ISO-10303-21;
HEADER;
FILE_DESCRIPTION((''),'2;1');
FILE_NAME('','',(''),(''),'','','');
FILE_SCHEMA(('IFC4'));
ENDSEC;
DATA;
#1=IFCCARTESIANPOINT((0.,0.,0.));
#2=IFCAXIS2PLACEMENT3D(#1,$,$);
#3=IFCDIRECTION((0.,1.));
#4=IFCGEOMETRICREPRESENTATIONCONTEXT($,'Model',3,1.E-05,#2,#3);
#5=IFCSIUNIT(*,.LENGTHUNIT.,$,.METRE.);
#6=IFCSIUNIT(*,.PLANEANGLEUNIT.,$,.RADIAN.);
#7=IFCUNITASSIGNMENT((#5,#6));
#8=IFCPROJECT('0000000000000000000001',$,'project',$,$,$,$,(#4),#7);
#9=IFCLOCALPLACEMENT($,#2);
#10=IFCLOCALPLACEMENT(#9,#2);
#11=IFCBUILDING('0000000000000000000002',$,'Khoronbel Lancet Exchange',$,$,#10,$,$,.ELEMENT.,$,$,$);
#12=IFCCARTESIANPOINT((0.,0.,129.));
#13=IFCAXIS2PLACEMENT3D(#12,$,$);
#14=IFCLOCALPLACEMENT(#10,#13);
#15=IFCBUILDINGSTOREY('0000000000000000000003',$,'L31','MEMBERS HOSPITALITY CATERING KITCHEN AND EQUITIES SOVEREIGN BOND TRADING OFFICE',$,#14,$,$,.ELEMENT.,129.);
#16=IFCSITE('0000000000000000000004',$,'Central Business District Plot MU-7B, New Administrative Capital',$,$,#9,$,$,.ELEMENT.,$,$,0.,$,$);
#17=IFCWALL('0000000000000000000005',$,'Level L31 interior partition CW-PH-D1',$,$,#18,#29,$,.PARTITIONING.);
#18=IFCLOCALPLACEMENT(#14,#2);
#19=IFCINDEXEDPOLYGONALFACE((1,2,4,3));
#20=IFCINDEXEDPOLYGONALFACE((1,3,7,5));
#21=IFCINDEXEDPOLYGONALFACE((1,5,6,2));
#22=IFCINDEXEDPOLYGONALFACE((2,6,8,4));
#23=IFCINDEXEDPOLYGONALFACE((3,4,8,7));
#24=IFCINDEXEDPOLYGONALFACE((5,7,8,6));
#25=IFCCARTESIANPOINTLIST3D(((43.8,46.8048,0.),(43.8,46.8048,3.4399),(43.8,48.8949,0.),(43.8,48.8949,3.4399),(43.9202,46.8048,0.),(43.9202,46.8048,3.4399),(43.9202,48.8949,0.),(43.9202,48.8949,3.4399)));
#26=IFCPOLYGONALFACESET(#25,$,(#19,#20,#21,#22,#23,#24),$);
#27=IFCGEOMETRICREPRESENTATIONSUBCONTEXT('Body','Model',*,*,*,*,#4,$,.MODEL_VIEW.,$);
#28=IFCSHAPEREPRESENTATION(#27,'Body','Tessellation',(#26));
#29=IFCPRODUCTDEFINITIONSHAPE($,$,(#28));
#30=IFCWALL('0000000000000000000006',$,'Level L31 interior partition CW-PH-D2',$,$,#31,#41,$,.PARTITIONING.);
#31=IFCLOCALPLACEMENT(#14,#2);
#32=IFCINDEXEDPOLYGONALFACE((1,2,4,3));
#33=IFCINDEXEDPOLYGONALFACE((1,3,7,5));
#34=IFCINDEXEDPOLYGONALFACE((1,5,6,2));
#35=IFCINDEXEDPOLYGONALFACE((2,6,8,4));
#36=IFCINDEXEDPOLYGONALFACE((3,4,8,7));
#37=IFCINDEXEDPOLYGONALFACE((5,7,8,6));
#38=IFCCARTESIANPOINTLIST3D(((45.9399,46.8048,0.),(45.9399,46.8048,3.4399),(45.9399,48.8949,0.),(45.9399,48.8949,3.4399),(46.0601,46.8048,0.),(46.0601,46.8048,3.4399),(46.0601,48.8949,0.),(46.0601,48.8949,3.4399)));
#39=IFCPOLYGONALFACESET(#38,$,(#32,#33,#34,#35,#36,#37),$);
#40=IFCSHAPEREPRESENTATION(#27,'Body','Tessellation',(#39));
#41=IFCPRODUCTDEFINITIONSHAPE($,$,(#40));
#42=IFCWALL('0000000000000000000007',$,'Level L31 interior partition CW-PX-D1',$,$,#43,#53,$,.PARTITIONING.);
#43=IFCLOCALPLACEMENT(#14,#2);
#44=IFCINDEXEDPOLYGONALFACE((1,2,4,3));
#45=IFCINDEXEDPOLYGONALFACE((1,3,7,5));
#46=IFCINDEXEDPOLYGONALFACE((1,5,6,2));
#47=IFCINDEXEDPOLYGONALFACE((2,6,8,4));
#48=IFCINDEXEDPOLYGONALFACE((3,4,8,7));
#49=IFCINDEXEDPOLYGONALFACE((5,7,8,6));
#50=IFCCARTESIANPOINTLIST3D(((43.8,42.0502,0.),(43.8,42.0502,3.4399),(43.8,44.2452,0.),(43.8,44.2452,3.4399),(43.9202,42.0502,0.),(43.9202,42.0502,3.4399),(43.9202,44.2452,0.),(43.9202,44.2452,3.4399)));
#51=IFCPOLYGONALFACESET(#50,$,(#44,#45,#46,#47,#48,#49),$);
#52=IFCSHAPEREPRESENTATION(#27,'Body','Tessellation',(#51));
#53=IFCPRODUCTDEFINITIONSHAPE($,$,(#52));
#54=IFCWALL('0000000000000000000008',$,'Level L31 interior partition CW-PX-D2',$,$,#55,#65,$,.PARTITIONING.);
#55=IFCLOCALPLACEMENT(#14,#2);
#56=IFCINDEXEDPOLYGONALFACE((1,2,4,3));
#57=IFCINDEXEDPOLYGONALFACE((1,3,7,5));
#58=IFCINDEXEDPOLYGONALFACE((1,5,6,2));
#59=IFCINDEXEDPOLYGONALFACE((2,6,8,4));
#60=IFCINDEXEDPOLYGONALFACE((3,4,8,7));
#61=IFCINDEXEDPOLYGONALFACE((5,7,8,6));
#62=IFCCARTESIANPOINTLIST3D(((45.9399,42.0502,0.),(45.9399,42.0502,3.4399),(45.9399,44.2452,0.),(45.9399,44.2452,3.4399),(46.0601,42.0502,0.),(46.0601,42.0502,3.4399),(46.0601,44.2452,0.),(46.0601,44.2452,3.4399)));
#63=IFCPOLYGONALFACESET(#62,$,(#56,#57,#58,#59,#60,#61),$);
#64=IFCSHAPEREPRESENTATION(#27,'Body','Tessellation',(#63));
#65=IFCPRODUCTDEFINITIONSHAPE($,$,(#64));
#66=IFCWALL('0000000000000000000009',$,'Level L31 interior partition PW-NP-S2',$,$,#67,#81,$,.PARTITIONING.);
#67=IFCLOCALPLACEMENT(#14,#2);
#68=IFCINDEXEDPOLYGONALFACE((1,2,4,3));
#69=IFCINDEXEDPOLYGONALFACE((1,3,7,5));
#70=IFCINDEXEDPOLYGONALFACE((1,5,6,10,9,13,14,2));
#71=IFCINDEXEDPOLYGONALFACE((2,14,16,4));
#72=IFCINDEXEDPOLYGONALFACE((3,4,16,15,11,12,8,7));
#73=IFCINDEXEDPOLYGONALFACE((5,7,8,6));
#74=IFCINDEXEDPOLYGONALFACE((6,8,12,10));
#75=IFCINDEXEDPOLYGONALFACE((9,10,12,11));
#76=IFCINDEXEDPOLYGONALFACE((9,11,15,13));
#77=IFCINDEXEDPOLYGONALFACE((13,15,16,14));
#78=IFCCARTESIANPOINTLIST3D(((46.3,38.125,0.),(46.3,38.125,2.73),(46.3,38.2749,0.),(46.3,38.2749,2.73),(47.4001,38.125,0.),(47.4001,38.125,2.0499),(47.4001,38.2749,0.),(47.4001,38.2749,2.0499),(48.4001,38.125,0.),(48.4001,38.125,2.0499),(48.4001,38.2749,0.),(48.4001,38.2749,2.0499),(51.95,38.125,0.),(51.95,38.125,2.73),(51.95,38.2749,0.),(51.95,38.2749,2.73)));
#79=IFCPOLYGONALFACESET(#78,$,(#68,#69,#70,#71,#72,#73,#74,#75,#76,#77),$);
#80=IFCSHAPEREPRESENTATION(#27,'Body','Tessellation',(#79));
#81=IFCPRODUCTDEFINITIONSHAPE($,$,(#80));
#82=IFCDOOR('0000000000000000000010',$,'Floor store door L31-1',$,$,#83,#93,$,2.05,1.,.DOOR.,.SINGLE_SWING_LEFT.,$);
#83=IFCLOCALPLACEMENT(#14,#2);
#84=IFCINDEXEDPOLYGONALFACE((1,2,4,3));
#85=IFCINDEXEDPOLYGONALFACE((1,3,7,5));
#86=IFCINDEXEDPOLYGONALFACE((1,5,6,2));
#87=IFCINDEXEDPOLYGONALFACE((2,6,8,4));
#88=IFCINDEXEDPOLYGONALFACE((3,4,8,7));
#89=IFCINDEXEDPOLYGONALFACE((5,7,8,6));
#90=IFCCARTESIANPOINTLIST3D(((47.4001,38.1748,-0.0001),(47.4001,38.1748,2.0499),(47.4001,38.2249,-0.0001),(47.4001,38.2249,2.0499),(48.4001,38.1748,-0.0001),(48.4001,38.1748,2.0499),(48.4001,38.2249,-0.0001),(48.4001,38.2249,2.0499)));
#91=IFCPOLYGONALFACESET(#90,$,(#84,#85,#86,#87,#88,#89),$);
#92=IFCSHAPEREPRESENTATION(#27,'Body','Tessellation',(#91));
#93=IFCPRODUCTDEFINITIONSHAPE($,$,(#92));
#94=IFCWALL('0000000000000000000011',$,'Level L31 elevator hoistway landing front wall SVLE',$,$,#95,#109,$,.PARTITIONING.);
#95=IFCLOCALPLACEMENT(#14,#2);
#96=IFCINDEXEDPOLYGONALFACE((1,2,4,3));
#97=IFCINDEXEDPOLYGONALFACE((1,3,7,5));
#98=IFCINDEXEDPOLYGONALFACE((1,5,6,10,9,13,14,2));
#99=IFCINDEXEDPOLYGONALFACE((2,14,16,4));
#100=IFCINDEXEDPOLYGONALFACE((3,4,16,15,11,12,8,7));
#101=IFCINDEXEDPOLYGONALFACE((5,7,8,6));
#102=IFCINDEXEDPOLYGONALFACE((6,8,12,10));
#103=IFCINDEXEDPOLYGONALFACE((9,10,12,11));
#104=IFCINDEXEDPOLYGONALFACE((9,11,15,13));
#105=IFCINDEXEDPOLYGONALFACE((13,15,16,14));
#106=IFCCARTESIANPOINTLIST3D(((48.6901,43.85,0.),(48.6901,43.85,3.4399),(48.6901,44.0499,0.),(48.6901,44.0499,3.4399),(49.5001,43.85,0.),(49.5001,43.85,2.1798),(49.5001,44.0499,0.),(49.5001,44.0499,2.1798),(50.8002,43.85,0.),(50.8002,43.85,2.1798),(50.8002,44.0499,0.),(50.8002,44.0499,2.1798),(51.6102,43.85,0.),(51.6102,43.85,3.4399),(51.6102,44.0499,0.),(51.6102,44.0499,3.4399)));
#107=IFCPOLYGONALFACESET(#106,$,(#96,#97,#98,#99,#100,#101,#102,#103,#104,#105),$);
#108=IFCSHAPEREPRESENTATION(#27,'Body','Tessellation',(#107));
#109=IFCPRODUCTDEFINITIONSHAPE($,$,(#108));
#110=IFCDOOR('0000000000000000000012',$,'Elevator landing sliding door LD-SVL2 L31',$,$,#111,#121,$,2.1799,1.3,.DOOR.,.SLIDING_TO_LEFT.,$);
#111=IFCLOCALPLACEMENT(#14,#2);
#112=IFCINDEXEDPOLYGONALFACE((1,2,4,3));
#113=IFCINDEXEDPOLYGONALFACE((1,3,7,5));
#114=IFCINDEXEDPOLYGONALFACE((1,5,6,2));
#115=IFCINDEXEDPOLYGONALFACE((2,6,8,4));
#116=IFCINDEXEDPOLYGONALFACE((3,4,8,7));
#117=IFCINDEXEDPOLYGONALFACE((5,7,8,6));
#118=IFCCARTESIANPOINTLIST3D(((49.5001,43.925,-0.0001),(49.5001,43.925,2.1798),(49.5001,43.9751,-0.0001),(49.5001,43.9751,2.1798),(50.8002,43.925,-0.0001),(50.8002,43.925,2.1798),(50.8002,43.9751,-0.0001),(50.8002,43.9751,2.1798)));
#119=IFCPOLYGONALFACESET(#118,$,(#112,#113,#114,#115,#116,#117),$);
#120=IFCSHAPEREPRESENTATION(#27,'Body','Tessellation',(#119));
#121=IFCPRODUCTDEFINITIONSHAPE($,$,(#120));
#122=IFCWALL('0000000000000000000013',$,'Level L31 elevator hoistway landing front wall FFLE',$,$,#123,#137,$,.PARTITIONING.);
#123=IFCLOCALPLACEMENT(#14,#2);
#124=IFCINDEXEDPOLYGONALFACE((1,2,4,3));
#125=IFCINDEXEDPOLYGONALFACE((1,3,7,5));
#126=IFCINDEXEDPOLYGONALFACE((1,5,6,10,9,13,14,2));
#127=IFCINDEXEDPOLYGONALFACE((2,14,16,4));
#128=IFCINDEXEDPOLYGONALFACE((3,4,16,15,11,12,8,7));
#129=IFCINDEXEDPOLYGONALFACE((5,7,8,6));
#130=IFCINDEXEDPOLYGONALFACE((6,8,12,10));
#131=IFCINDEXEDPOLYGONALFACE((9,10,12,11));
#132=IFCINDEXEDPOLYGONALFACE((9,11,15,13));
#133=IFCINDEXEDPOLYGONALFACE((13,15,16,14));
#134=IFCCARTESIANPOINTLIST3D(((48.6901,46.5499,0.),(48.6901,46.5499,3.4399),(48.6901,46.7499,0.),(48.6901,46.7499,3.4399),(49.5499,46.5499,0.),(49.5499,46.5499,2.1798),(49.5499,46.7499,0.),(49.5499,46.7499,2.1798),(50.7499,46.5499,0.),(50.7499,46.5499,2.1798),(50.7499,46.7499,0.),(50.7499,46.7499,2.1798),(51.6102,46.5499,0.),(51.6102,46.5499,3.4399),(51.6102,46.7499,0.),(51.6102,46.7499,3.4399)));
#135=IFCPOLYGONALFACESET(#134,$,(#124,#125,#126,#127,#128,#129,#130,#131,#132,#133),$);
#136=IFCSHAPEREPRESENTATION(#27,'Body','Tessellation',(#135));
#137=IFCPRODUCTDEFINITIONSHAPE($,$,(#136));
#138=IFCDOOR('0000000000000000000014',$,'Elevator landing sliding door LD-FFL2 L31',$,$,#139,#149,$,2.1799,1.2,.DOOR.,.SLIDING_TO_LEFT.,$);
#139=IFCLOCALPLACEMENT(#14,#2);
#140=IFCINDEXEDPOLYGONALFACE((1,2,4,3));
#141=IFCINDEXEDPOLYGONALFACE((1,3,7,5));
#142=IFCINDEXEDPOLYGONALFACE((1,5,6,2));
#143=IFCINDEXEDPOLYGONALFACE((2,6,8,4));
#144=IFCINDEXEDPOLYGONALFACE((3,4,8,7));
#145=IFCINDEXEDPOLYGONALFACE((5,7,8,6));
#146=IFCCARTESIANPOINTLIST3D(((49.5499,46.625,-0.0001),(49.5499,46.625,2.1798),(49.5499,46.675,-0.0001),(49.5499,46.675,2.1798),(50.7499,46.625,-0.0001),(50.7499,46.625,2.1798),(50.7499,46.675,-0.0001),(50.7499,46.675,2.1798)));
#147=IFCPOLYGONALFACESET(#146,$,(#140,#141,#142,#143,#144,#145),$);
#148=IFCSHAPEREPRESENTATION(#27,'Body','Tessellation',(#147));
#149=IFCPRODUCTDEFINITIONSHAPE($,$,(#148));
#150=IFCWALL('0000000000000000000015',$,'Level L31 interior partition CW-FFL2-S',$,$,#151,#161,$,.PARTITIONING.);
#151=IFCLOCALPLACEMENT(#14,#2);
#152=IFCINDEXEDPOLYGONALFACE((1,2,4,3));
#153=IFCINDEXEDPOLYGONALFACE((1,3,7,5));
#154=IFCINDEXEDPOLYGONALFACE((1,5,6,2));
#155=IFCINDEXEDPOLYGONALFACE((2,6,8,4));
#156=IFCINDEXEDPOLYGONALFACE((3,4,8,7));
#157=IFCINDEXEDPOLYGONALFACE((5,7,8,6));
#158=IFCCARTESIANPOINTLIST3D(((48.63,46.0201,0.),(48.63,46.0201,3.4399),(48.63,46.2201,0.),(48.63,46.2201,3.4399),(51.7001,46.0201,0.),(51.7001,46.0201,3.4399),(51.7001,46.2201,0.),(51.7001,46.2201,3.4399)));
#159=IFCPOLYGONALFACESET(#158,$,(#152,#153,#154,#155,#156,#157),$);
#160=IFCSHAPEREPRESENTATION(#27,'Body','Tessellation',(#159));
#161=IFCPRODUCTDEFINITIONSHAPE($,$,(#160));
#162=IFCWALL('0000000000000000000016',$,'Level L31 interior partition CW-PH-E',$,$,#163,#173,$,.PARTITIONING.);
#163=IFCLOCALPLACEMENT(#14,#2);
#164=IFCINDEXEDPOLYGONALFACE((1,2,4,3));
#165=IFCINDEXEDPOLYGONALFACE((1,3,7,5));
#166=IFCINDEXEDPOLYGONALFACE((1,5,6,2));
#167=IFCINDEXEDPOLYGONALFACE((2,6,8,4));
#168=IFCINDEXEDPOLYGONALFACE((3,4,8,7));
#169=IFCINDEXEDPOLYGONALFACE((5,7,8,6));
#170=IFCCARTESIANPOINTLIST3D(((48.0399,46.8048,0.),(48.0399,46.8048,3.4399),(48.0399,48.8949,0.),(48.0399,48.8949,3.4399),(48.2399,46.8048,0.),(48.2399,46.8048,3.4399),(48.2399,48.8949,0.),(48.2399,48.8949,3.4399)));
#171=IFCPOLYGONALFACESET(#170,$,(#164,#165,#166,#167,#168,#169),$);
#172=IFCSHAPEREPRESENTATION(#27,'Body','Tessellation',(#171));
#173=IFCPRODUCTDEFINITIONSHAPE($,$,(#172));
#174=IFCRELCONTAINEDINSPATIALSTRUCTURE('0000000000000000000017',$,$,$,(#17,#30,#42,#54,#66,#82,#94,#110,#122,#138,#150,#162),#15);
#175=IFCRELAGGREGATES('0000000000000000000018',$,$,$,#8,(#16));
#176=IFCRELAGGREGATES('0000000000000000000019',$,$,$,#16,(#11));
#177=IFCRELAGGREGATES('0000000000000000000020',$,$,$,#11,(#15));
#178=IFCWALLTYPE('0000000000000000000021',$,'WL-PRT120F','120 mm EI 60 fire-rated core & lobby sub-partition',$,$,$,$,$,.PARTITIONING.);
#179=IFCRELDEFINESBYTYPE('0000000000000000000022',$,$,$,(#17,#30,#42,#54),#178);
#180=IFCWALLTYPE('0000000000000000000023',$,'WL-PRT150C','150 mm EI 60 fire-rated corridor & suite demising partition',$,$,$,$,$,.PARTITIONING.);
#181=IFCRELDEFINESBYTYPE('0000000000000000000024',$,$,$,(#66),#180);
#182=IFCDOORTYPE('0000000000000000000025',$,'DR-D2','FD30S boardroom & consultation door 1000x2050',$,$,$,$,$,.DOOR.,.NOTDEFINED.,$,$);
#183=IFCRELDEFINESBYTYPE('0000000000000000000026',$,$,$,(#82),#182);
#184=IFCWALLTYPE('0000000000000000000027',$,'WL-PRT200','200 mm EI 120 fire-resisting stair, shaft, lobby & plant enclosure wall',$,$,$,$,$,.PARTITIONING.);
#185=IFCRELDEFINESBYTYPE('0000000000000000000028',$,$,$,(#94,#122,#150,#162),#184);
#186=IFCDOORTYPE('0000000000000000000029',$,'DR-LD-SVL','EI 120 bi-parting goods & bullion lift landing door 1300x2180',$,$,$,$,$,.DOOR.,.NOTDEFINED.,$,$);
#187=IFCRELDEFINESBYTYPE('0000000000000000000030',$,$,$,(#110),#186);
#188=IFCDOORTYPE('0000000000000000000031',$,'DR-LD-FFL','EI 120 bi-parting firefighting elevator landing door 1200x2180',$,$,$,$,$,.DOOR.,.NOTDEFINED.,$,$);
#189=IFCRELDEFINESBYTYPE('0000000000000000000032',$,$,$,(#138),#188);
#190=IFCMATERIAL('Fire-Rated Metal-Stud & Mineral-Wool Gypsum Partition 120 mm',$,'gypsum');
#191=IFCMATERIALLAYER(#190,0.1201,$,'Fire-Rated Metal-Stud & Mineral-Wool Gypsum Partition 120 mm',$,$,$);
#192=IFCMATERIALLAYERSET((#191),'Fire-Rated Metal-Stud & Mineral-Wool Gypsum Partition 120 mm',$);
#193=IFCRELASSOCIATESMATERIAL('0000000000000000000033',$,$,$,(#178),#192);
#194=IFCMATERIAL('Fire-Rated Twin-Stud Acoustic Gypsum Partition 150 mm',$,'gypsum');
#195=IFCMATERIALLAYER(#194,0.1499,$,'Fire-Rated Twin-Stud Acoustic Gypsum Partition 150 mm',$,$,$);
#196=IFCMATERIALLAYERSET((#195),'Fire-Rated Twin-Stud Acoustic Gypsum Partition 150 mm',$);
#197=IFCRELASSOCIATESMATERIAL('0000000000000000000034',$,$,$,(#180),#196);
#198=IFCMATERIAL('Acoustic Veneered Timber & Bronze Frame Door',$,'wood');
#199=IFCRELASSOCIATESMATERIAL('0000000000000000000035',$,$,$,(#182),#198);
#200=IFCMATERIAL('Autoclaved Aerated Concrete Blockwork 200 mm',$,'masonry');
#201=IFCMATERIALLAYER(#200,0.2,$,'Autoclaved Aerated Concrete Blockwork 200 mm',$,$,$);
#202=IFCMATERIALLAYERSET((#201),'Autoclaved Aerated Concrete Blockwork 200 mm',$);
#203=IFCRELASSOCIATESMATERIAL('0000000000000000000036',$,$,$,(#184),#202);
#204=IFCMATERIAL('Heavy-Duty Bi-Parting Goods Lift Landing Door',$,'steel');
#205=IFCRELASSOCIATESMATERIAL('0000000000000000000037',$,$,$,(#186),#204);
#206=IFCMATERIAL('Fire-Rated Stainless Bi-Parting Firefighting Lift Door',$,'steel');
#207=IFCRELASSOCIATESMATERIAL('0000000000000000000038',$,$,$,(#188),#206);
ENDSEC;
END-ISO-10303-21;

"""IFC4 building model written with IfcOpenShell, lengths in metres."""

from ifc_helpers import new_model, si_unit, direction, frame, frame_2d, origin, place, context, subcontext, project, spatial, rectangle, extrude, material, layer, layer_set, type_object, element, fill, save


model = new_model("IFC4")

# Units and contexts
model_context = context("Model", 3, precision=1e-05, world=origin(), true_north=direction((0.0, 1.0)))
body_context = subcontext(model_context, "Body", "Model", "MODEL_VIEW")
ifc_project = project(units=[si_unit("LENGTHUNIT", "METRE"), si_unit("PLANEANGLEUNIT", "RADIAN")], contexts=[model_context])

# Site, building, storey
site_placement = place(None, origin())
site = spatial("IfcSite", under=ifc_project, at=site_placement, Name="Central Business District Plot MU-7B, New Administrative Capital", CompositionType="ELEMENT", RefElevation=0.0)
building_placement = place(site_placement, origin())
building = spatial("IfcBuilding", under=site, at=building_placement, Name="Khoronbel Lancet Exchange", CompositionType="ELEMENT")
storey_placement = place(building_placement, frame((0.0, 0.0, 129.0)))
storey = spatial("IfcBuildingStorey", under=building, at=storey_placement, Name="L31", Description="MEMBERS HOSPITALITY CATERING KITCHEN AND EQUITIES SOVEREIGN BOND TRADING OFFICE", CompositionType="ELEMENT", Elevation=129.0)

# Walls
ifc_material_1 = material(Name="Fire-Rated Metal-Stud & Mineral-Wool Gypsum Partition 120 mm", Category="gypsum")
ifc_layer_1 = layer(ifc_material_1, 0.1201, Name="Fire-Rated Metal-Stud & Mineral-Wool Gypsum Partition 120 mm")
ifc_layer_set_1 = layer_set([ifc_layer_1], Name="Fire-Rated Metal-Stud & Mineral-Wool Gypsum Partition 120 mm")
wall_type_1 = type_object("IfcWallType", Name="WL-PRT120F", Description="120 mm EI 60 fire-rated core & lobby sub-partition", PredefinedType="PARTITIONING", material=ifc_layer_set_1)
for number, where, z_axis, x_axis, name in (
    (1, (43.8601, 46.8049, 0.0), (0.0, 0.0, 1.0), (0.0, 1.0, 0.0), "Level L31 interior partition CW-PH-D1"),
    (2, (46.0, 46.8049, 0.0), (0.0, 0.0, 1.0), (0.0, 1.0, 0.0), "Level L31 interior partition CW-PH-D2"),
):
    element("IfcWall", number, at=place(storey_placement, frame(where, z_axis=z_axis, x_axis=x_axis)), inside=storey, type_object=wall_type_1, Name=name, PredefinedType="PARTITIONING", context=body_context, shape_type="SweptSolid", body=[
        extrude(rectangle(XDim=2.0901, YDim=0.1201, at=frame_2d((1.0449, 0.0))), origin(), (0.0, 0.0, 1.0), 3.4399),
    ])
for number, where, z_axis, x_axis, name in (
    (3, (43.8601, 42.05, 0.0), (0.0, 0.0, 1.0), (0.0, 1.0, 0.0), "Level L31 interior partition CW-PX-D1"),
    (4, (46.0, 42.05, 0.0), (0.0, 0.0, 1.0), (0.0, 1.0, 0.0), "Level L31 interior partition CW-PX-D2"),
):
    element("IfcWall", number, at=place(storey_placement, frame(where, z_axis=z_axis, x_axis=x_axis)), inside=storey, type_object=wall_type_1, Name=name, PredefinedType="PARTITIONING", context=body_context, shape_type="SweptSolid", body=[
        extrude(rectangle(XDim=2.1951, YDim=0.1201, at=frame_2d((1.0977, 0.0))), origin(), (0.0, 0.0, 1.0), 3.4399),
    ])

# Walls, openings, doors
ifc_material_2 = material(Name="Fire-Rated Twin-Stud Acoustic Gypsum Partition 150 mm", Category="gypsum")
ifc_layer_2 = layer(ifc_material_2, 0.1499, Name="Fire-Rated Twin-Stud Acoustic Gypsum Partition 150 mm")
ifc_layer_set_2 = layer_set([ifc_layer_2], Name="Fire-Rated Twin-Stud Acoustic Gypsum Partition 150 mm")
wall_type_2 = type_object("IfcWallType", Name="WL-PRT150C", Description="150 mm EI 60 fire-rated corridor & suite demising partition", PredefinedType="PARTITIONING", material=ifc_layer_set_2)
wall_1_placement = place(storey_placement, frame((46.3, 38.2, 0.0), z_axis=(0.0, 0.0, 1.0), x_axis=(1.0, 0.0, 0.0)))
wall_1 = element("IfcWall", 5, at=wall_1_placement, inside=storey, type_object=wall_type_2, Name="Level L31 interior partition PW-NP-S2", PredefinedType="PARTITIONING", context=body_context, shape_type="SweptSolid", body=[
    extrude(rectangle(XDim=5.6499, YDim=0.1499, at=frame_2d((2.825, 0.0))), origin(), (0.0, 0.0, 1.0), 2.73),
])
opening_1_placement = place(wall_1_placement, frame((1.1001, 0.0, 0.0)))
opening_1 = element("IfcOpeningElement", 6, at=opening_1_placement, cuts=wall_1, PredefinedType="OPENING", context=body_context, shape_type="SweptSolid", body=[
    extrude(rectangle(XDim=1.0, YDim=2.05, at=frame_2d((0.5, 1.0249))), frame((0.0, 0.085, 0.0), z_axis=(0.0, -1.0, 0.0), x_axis=(1.0, 0.0, 0.0)), (0.0, 0.0, 1.0), 0.1699),
])
ifc_material_3 = material(Name="Acoustic Veneered Timber & Bronze Frame Door", Category="wood")
door_type_1 = type_object("IfcDoorType", Name="DR-D2", Description="FD30S boardroom & consultation door 1000x2050", OperationType="NOTDEFINED", PredefinedType="DOOR", material=ifc_material_3)
door_1_placement = place(opening_1_placement, origin())
door_1 = element("IfcDoor", 7, at=door_1_placement, inside=storey, type_object=door_type_1, Name="Floor store door L31-1", OperationType="SINGLE_SWING_LEFT", OverallHeight=2.05, OverallWidth=1.0, PredefinedType="DOOR", context=body_context, shape_type="SweptSolid", body=[
    extrude(rectangle(XDim=1.0, YDim=2.05, at=frame_2d((0.5, 1.0249))), frame((0.0, 0.0249, 0.0), z_axis=(0.0, -1.0, 0.0), x_axis=(1.0, 0.0, 0.0)), (0.0, 0.0, 1.0), 0.05),
])
fill(opening_1, door_1)
ifc_material_4 = material(Name="Autoclaved Aerated Concrete Blockwork 200 mm", Category="masonry")
ifc_layer_3 = layer(ifc_material_4, 0.2, Name="Autoclaved Aerated Concrete Blockwork 200 mm")
ifc_layer_set_3 = layer_set([ifc_layer_3], Name="Autoclaved Aerated Concrete Blockwork 200 mm")
wall_type_3 = type_object("IfcWallType", Name="WL-PRT200", Description="200 mm EI 120 fire-resisting stair, shaft, lobby & plant enclosure wall", PredefinedType="PARTITIONING", material=ifc_layer_set_3)
wall_2_placement = place(storey_placement, frame((51.6101, 43.95, 0.0), z_axis=(0.0, 0.0, 1.0), x_axis=(-1.0, 0.0, 0.0)))
wall_2 = element("IfcWall", 8, at=wall_2_placement, inside=storey, type_object=wall_type_3, Name="Level L31 elevator hoistway landing front wall SVLE", PredefinedType="PARTITIONING", context=body_context, shape_type="SweptSolid", body=[
    extrude(rectangle(XDim=2.9202, YDim=0.2, at=frame_2d((1.46, 0.0))), origin(), (0.0, 0.0, 1.0), 3.4399),
])
opening_2_placement = place(wall_2_placement, frame((0.8101, 0.0, 0.0)))
opening_2 = element("IfcOpeningElement", 9, at=opening_2_placement, cuts=wall_2, PredefinedType="OPENING", context=body_context, shape_type="SweptSolid", body=[
    extrude(rectangle(XDim=1.3, YDim=2.1799, at=frame_2d((0.6499, 1.0898))), frame((0.0, 0.1099, 0.0), z_axis=(0.0, -1.0, 0.0), x_axis=(1.0, 0.0, 0.0)), (0.0, 0.0, 1.0), 0.22),
])
ifc_material_5 = material(Name="Heavy-Duty Bi-Parting Goods Lift Landing Door", Category="steel")
door_type_2 = type_object("IfcDoorType", Name="DR-LD-SVL", Description="EI 120 bi-parting goods & bullion lift landing door 1300x2180", OperationType="NOTDEFINED", PredefinedType="DOOR", material=ifc_material_5)
door_2_placement = place(opening_2_placement, origin())
door_2 = element("IfcDoor", 10, at=door_2_placement, inside=storey, type_object=door_type_2, Name="Elevator landing sliding door LD-SVL2 L31", OperationType="SLIDING_TO_LEFT", OverallHeight=2.1799, OverallWidth=1.3, PredefinedType="DOOR", context=body_context, shape_type="SweptSolid", body=[
    extrude(rectangle(XDim=1.3, YDim=2.1799, at=frame_2d((0.6499, 1.0898))), frame((0.0, 0.0249, 0.0), z_axis=(0.0, -1.0, 0.0), x_axis=(1.0, 0.0, 0.0)), (0.0, 0.0, 1.0), 0.05),
])
fill(opening_2, door_2)
wall_3_placement = place(storey_placement, frame((51.6101, 46.6499, 0.0), z_axis=(0.0, 0.0, 1.0), x_axis=(-1.0, 0.0, 0.0)))
wall_3 = element("IfcWall", 11, at=wall_3_placement, inside=storey, type_object=wall_type_3, Name="Level L31 elevator hoistway landing front wall FFLE", PredefinedType="PARTITIONING", context=body_context, shape_type="SweptSolid", body=[
    extrude(rectangle(XDim=2.9202, YDim=0.2, at=frame_2d((1.46, 0.0))), origin(), (0.0, 0.0, 1.0), 3.4399),
])
opening_3_placement = place(wall_3_placement, frame((0.8601, 0.0, 0.0)))
opening_3 = element("IfcOpeningElement", 12, at=opening_3_placement, cuts=wall_3, PredefinedType="OPENING", context=body_context, shape_type="SweptSolid", body=[
    extrude(rectangle(XDim=1.2, YDim=2.1799, at=frame_2d((0.6001, 1.0898))), frame((0.0, 0.1099, 0.0), z_axis=(0.0, -1.0, 0.0), x_axis=(1.0, 0.0, 0.0)), (0.0, 0.0, 1.0), 0.22),
])
ifc_material_6 = material(Name="Fire-Rated Stainless Bi-Parting Firefighting Lift Door", Category="steel")
door_type_3 = type_object("IfcDoorType", Name="DR-LD-FFL", Description="EI 120 bi-parting firefighting elevator landing door 1200x2180", OperationType="NOTDEFINED", PredefinedType="DOOR", material=ifc_material_6)
door_3_placement = place(opening_3_placement, origin())
door_3 = element("IfcDoor", 13, at=door_3_placement, inside=storey, type_object=door_type_3, Name="Elevator landing sliding door LD-FFL2 L31", OperationType="SLIDING_TO_LEFT", OverallHeight=2.1799, OverallWidth=1.2, PredefinedType="DOOR", context=body_context, shape_type="SweptSolid", body=[
    extrude(rectangle(XDim=1.2, YDim=2.1799, at=frame_2d((0.6001, 1.0898))), frame((0.0, 0.0249, 0.0), z_axis=(0.0, -1.0, 0.0), x_axis=(1.0, 0.0, 0.0)), (0.0, 0.0, 1.0), 0.05),
])
fill(opening_3, door_3)

# Walls
wall_4_placement = place(storey_placement, frame((48.6299, 46.1201, 0.0), z_axis=(0.0, 0.0, 1.0), x_axis=(1.0, 0.0, 0.0)))
element("IfcWall", 14, at=wall_4_placement, inside=storey, type_object=wall_type_3, Name="Level L31 interior partition CW-FFL2-S", PredefinedType="PARTITIONING", context=body_context, shape_type="SweptSolid", body=[
    extrude(rectangle(XDim=3.0701, YDim=0.2, at=frame_2d((1.5352, 0.0))), origin(), (0.0, 0.0, 1.0), 3.4399),
])
wall_5_placement = place(storey_placement, frame((48.1399, 46.8049, 0.0), z_axis=(0.0, 0.0, 1.0), x_axis=(0.0, 1.0, 0.0)))
element("IfcWall", 15, at=wall_5_placement, inside=storey, type_object=wall_type_3, Name="Level L31 interior partition CW-PH-E", PredefinedType="PARTITIONING", context=body_context, shape_type="SweptSolid", body=[
    extrude(rectangle(XDim=2.0901, YDim=0.2, at=frame_2d((1.0449, 0.0))), origin(), (0.0, 0.0, 1.0), 3.4399),
])

save(model, "model.ifc")
